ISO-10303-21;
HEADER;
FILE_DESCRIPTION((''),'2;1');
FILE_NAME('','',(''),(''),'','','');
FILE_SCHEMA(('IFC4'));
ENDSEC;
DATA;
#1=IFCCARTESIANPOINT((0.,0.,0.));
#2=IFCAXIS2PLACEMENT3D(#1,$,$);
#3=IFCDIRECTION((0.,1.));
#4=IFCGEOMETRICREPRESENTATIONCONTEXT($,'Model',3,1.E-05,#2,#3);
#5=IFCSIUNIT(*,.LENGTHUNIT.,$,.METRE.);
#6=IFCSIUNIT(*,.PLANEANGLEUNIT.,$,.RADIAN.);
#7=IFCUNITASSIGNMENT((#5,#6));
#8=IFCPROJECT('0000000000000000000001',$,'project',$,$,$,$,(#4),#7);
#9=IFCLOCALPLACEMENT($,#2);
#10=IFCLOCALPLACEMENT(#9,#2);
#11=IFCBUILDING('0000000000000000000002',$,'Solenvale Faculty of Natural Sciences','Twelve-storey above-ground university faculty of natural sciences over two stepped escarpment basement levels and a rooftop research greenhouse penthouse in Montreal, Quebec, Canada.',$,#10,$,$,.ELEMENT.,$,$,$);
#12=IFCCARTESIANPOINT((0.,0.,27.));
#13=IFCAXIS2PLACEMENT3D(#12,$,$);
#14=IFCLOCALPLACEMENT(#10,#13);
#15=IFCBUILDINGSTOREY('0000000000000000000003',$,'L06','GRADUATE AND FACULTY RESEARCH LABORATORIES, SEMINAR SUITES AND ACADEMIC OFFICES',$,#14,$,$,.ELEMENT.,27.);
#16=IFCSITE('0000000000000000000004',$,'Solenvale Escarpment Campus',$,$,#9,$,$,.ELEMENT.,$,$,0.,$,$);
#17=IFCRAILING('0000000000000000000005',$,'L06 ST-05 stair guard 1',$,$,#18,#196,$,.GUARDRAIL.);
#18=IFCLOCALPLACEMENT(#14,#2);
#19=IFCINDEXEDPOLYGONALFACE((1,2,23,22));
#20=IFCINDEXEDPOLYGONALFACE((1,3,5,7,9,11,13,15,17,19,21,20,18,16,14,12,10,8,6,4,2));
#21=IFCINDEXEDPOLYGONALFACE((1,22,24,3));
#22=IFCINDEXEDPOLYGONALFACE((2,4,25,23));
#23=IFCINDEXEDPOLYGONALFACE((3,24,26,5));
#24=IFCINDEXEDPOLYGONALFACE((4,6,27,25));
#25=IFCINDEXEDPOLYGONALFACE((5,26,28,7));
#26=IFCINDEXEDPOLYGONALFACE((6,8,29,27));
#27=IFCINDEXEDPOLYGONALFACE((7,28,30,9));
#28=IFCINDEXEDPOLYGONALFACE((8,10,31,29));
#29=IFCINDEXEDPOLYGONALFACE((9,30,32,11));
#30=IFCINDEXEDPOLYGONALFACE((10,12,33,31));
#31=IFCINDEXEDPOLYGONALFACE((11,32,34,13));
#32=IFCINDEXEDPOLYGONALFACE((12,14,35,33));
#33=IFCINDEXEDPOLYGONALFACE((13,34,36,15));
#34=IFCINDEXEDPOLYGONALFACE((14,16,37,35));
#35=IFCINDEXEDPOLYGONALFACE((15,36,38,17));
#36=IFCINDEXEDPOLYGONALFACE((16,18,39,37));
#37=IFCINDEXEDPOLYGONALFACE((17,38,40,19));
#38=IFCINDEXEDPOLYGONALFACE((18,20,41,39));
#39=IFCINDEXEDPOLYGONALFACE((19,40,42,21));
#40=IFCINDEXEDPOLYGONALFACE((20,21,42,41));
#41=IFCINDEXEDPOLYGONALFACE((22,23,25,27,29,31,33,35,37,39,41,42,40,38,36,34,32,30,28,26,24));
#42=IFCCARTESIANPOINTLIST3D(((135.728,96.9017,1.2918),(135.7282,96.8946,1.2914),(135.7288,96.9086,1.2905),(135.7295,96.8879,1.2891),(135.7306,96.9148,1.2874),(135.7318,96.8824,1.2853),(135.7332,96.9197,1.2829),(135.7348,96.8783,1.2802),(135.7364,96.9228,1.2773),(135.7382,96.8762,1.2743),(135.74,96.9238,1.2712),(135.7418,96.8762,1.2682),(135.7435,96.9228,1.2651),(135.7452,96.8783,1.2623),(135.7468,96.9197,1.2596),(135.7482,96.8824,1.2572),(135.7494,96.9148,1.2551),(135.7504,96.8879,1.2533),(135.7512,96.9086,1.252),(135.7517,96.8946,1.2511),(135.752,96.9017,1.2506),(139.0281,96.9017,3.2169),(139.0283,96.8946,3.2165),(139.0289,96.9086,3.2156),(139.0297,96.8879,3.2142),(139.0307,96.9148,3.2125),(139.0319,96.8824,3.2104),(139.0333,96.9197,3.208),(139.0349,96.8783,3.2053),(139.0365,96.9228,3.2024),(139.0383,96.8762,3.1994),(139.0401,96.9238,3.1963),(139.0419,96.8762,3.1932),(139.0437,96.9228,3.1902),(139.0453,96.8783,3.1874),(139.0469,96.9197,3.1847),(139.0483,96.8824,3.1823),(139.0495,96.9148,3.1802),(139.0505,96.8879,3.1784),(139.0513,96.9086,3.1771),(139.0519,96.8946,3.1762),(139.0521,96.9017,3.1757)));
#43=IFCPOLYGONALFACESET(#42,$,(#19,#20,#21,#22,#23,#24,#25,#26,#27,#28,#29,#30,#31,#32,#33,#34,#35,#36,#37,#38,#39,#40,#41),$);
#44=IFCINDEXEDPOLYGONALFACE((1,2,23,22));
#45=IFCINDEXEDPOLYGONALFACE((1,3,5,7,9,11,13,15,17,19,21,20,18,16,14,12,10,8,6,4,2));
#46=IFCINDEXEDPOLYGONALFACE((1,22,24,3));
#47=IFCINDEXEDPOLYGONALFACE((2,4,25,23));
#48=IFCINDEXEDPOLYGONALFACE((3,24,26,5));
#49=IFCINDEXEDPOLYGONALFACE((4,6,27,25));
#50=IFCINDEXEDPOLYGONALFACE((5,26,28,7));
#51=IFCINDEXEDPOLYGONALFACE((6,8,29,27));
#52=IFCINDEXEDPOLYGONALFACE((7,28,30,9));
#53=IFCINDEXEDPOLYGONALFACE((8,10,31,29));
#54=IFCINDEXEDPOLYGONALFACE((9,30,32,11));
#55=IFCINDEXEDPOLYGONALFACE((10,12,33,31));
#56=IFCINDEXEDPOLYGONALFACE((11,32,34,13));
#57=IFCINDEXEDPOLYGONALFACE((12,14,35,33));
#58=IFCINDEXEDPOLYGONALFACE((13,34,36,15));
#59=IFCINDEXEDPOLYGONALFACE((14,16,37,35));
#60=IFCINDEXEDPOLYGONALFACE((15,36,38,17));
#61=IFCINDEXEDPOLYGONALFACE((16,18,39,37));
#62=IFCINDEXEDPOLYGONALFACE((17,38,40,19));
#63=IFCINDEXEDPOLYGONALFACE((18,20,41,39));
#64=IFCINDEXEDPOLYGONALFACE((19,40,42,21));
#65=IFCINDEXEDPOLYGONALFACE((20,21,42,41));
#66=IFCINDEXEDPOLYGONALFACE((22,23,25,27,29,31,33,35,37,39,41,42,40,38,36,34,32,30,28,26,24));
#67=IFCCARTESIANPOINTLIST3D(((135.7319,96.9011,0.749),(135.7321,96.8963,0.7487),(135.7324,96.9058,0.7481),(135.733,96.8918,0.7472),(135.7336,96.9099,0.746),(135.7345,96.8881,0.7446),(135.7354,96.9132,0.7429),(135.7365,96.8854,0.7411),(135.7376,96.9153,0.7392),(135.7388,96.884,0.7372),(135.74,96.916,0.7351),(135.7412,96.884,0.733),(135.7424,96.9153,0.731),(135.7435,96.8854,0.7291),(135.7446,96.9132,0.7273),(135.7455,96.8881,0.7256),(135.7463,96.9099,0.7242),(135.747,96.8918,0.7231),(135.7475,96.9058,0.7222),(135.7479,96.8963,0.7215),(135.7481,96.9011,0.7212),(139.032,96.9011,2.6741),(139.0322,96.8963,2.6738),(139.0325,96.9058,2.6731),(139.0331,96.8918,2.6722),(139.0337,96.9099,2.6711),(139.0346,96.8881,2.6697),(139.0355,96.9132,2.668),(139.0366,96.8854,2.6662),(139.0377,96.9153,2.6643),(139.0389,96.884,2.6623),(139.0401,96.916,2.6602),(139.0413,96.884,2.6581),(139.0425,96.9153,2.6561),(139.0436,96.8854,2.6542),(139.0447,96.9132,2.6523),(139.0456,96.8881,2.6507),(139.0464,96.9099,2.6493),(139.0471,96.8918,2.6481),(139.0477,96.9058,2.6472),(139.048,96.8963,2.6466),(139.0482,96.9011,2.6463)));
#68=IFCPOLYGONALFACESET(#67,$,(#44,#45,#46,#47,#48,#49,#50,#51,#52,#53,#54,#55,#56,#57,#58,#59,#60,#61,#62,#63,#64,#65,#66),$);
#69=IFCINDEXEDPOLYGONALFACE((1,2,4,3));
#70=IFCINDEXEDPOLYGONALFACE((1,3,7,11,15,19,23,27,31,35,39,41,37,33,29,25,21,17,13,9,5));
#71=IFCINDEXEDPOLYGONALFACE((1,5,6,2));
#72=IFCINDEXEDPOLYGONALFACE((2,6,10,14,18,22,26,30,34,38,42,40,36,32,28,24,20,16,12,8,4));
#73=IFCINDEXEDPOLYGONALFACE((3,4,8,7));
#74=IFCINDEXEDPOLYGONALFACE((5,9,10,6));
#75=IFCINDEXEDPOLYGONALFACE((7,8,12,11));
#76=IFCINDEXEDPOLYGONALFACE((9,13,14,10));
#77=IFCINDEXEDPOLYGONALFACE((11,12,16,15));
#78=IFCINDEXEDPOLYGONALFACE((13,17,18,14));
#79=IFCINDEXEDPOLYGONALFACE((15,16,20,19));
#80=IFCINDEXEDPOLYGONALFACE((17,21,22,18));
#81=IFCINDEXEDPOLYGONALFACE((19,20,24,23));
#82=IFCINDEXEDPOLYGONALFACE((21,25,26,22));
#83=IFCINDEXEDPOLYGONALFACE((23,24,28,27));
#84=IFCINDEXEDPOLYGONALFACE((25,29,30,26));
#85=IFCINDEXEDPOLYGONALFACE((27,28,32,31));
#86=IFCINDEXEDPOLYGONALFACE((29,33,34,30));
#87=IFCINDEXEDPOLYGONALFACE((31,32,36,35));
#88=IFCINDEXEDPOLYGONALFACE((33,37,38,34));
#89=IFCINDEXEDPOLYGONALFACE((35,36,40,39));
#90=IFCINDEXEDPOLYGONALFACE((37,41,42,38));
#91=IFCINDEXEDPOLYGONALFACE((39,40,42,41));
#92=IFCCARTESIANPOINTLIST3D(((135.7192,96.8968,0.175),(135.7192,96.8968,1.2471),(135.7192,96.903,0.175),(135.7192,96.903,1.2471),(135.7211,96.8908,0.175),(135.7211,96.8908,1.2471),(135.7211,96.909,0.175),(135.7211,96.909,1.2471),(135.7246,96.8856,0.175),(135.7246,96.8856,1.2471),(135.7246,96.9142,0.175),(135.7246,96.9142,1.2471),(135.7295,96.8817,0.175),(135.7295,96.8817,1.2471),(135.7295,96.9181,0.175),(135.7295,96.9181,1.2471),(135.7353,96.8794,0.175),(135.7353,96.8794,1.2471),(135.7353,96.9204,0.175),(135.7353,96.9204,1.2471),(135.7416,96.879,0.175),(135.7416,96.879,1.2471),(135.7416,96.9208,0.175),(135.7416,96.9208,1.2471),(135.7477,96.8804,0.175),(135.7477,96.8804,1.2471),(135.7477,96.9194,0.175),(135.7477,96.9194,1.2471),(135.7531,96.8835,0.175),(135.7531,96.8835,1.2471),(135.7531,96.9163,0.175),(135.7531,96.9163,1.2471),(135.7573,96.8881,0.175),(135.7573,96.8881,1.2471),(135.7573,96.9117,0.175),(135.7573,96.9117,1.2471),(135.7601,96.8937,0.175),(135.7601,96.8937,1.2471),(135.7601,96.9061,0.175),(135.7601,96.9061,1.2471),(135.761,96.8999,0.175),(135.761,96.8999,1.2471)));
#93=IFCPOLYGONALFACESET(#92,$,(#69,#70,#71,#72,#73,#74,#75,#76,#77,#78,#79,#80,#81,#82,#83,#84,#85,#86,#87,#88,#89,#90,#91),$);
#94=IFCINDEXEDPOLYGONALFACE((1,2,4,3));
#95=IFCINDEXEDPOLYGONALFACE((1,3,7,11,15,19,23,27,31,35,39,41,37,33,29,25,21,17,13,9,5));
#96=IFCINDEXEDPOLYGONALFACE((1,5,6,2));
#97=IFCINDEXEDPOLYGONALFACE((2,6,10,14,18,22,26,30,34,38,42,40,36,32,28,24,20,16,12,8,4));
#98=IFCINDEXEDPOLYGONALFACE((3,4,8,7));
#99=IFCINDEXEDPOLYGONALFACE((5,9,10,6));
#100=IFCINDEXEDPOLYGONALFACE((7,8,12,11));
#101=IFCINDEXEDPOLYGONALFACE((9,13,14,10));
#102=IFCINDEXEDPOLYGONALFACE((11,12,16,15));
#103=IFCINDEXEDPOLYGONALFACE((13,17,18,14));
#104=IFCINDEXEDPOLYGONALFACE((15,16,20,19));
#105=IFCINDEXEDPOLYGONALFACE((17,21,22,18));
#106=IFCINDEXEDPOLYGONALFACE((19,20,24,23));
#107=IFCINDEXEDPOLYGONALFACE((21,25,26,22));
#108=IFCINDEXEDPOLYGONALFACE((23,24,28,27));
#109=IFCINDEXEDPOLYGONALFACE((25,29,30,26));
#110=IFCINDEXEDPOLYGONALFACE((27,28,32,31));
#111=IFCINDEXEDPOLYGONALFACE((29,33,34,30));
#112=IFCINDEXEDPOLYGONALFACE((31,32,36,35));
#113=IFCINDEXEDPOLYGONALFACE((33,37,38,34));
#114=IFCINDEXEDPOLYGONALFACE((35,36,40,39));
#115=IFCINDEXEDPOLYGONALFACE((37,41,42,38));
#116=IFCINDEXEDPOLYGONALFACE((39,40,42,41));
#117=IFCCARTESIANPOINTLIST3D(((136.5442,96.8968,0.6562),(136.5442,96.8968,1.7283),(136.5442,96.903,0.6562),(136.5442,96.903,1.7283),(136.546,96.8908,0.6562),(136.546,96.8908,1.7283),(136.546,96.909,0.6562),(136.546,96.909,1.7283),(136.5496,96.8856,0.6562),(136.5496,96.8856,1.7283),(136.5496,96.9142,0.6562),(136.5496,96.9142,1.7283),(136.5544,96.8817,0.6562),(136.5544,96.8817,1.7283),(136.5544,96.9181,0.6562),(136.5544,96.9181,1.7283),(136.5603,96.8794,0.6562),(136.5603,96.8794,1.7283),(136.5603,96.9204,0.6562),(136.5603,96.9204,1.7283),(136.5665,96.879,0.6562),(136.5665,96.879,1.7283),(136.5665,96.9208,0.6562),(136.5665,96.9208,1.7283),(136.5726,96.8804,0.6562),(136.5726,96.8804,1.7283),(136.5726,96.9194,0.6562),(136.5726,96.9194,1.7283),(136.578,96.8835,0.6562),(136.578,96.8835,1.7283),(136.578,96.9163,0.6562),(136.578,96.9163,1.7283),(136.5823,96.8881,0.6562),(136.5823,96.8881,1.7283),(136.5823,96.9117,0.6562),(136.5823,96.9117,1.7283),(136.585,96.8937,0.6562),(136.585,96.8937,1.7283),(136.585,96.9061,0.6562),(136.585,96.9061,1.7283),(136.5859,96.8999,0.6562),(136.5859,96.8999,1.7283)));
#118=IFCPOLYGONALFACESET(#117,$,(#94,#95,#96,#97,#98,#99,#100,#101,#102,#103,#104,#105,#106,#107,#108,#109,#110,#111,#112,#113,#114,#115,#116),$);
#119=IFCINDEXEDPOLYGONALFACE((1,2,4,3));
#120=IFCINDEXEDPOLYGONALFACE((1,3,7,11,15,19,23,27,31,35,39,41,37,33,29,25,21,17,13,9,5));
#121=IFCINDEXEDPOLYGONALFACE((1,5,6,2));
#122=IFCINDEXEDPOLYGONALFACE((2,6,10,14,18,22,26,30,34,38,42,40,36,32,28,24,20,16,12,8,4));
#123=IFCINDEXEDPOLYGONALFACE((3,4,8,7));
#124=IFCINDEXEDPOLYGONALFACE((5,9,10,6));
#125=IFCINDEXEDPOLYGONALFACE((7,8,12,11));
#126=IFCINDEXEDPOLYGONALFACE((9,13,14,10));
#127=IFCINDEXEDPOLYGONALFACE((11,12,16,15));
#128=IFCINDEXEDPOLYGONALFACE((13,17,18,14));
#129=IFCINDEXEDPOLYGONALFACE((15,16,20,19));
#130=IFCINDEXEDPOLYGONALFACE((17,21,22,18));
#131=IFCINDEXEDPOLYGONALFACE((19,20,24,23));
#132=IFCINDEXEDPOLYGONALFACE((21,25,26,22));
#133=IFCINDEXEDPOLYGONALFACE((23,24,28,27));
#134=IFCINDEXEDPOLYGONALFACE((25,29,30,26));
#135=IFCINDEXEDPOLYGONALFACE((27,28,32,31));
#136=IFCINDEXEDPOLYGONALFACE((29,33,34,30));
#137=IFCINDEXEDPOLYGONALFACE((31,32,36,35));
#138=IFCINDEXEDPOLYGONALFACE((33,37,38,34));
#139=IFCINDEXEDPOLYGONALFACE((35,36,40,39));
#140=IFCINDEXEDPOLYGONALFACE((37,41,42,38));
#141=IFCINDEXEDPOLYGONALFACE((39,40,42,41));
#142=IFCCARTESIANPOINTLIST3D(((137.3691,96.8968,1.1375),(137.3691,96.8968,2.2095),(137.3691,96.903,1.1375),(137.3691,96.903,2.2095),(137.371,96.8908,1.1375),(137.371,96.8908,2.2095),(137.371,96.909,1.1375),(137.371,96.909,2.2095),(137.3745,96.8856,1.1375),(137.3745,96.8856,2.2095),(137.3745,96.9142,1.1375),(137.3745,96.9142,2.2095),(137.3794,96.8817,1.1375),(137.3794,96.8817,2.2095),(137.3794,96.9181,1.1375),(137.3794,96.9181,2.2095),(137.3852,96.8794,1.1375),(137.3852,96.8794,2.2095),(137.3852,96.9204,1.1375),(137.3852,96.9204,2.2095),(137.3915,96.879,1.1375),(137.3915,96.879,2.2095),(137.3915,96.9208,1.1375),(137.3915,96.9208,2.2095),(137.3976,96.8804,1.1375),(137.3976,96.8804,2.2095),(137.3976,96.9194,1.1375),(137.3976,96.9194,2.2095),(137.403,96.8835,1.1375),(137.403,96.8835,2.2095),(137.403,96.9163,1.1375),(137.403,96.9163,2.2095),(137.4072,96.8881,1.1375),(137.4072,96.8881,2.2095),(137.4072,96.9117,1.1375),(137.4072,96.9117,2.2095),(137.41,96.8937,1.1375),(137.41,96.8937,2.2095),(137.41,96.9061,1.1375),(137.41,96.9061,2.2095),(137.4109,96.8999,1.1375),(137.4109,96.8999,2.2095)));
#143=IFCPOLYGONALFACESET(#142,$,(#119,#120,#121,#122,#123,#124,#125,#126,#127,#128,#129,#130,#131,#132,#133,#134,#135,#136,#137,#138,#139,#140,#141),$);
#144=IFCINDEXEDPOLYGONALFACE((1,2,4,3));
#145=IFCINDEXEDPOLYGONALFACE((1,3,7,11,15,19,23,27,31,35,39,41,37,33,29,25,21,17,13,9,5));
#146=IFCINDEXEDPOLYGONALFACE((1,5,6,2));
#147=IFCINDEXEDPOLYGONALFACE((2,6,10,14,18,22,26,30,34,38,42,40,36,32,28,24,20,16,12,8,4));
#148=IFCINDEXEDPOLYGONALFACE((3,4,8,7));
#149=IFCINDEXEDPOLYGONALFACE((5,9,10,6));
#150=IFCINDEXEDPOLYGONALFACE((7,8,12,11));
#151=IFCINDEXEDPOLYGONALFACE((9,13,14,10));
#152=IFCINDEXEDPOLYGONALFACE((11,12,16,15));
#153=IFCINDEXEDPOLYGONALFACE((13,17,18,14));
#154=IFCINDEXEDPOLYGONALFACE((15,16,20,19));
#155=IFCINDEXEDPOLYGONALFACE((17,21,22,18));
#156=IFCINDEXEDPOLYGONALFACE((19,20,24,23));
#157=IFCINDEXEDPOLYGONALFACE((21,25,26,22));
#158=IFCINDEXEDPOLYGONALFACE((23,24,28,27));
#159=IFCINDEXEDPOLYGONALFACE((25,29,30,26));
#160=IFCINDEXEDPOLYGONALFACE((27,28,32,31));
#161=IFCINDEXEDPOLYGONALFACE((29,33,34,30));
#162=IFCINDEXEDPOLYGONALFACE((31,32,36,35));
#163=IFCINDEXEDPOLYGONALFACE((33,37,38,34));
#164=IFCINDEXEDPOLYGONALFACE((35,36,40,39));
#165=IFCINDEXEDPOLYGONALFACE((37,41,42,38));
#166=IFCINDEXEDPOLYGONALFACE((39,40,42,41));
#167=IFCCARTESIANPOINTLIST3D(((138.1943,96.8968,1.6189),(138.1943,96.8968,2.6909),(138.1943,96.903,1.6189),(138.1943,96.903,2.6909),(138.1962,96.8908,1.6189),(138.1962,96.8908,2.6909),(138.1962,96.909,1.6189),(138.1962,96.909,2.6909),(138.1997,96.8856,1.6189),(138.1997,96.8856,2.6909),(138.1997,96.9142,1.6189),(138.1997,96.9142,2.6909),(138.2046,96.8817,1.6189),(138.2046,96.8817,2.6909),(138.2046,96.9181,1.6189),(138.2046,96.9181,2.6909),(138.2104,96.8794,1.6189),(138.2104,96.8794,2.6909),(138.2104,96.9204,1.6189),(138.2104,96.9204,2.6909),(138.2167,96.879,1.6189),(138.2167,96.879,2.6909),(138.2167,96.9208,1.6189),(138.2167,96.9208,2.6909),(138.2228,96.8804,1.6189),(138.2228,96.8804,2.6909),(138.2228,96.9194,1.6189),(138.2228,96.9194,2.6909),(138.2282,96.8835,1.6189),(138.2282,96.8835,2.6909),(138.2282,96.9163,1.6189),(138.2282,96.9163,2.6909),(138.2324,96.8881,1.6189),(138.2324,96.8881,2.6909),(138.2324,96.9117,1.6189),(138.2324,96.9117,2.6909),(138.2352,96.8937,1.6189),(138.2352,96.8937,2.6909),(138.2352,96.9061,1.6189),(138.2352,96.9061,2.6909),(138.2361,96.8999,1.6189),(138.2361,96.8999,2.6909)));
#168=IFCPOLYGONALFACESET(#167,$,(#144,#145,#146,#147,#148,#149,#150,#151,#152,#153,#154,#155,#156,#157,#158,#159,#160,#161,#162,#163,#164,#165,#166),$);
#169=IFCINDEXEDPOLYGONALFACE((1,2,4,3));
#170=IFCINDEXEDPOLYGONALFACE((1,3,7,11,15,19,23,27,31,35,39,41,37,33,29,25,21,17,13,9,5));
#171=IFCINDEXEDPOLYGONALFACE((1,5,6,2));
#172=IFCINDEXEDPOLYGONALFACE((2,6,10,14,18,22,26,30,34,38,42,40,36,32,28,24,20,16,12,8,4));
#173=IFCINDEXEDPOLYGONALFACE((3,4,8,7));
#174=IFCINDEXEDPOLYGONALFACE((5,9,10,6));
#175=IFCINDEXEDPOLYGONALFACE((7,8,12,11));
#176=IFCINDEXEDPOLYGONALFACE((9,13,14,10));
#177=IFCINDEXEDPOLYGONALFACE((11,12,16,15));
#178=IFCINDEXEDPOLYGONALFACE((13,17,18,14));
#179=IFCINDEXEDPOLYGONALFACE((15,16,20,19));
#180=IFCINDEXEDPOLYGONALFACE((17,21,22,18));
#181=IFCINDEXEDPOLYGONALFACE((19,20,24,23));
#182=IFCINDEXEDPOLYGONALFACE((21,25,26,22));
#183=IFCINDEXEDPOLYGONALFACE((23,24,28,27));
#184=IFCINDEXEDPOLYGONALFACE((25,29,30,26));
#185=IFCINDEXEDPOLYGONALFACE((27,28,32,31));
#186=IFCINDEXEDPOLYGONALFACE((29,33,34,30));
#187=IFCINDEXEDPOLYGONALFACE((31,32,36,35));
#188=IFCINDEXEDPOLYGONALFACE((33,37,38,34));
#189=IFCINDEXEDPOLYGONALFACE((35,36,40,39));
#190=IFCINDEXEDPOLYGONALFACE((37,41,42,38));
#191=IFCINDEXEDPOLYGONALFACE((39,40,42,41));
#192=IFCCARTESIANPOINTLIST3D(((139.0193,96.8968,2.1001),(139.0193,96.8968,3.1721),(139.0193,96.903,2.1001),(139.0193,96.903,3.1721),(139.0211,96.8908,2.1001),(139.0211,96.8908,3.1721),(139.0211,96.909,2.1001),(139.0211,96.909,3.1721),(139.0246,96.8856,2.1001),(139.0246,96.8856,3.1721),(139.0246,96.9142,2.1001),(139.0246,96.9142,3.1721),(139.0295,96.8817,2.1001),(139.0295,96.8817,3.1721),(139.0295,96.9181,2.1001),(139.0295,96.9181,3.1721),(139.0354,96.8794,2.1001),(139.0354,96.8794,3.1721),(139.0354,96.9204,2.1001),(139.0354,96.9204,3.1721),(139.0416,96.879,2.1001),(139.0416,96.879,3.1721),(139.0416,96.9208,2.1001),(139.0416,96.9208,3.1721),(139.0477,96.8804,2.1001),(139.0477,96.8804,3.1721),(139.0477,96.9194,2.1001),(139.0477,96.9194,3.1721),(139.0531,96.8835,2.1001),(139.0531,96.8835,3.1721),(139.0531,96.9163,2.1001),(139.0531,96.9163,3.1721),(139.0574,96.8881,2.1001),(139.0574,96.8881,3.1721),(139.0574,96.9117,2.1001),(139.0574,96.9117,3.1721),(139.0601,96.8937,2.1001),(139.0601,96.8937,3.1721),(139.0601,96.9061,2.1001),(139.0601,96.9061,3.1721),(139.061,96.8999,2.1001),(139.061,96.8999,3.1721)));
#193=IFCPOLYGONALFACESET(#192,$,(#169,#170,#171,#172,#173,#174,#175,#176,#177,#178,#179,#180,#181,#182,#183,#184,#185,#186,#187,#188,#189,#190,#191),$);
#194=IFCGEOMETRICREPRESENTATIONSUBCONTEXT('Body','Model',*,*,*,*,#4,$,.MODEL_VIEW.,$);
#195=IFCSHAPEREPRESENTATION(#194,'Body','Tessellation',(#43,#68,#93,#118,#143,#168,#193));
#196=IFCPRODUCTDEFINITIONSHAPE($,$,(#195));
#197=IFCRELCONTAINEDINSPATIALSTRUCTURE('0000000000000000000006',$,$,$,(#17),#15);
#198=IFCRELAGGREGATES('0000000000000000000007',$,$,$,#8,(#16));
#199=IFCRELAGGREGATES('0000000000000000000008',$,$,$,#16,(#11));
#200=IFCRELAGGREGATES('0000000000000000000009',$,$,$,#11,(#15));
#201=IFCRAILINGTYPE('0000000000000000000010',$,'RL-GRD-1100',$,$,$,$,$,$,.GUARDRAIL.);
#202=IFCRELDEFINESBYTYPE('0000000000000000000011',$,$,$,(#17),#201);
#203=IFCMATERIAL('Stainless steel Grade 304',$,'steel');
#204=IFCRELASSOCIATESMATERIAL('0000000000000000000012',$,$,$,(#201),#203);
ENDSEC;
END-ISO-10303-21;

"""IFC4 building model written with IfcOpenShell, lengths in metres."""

from ifc_helpers import new_model, si_unit, direction, frame, origin, origin_2d, place, context, subcontext, project, spatial, circle, extrude, material, type_object, element, save


model = new_model("IFC4")

# Units and contexts
model_context = context("Model", 3, precision=1e-05, world=origin(), true_north=direction((0.0, 1.0)))
body_context = subcontext(model_context, "Body", "Model", "MODEL_VIEW")
ifc_project = project(units=[si_unit("LENGTHUNIT", "METRE"), si_unit("PLANEANGLEUNIT", "RADIAN")], contexts=[model_context])

# Site, building, storey
site_placement = place(None, origin())
site = spatial("IfcSite", under=ifc_project, at=site_placement, Name="Solenvale Escarpment Campus", CompositionType="ELEMENT", RefElevation=0.0)
building_placement = place(site_placement, origin())
building = spatial("IfcBuilding", under=site, at=building_placement, Name="Solenvale Faculty of Natural Sciences", Description="Twelve-storey above-ground university faculty of natural sciences over two stepped escarpment basement levels and a rooftop research greenhouse penthouse in Montreal, Quebec, Canada.", CompositionType="ELEMENT")
storey_placement = place(building_placement, frame((0.0, 0.0, 27.0)))
storey = spatial("IfcBuildingStorey", under=building, at=storey_placement, Name="L06", Description="GRADUATE AND FACULTY RESEARCH LABORATORIES, SEMINAR SUITES AND ACADEMIC OFFICES", CompositionType="ELEMENT", Elevation=27.0)

# Shared definitions
ifc_material_1 = material(Name="Stainless steel Grade 304", Category="steel")

# Railing
railing_type = type_object("IfcRailingType", Name="RL-GRD-1100", PredefinedType="GUARDRAIL", material=ifc_material_1)
railing_1_placement = place(storey_placement, frame((135.74, 96.8999, 0.175)))
element("IfcRailing", 1, at=railing_1_placement, inside=storey, type_object=railing_type, Name="L06 ST-05 stair guard 1", PredefinedType="GUARDRAIL", context=body_context, shape_type="SweptSolid", body=[
    extrude(circle(Radius=0.0239, at=origin_2d()), frame((0.0, 0.0, 1.0962), z_axis=(0.863777, 0.0, 0.503875), x_axis=(0.0, 1.0, 0.0)), (0.0, 0.0, 1.0), 3.8206),
    extrude(circle(Radius=0.0161, at=origin_2d()), frame((0.0, 0.0, 0.5601), z_axis=(0.863777, 0.0, 0.503875), x_axis=(0.0, 1.0, 0.0)), (0.0, 0.0, 1.0), 3.8206),
    extrude(circle(Radius=0.021, at=origin_2d()), origin(), (0.0, 0.0, 1.0), 1.072),
    extrude(circle(Radius=0.021, at=origin_2d()), frame((0.825, 0.0, 0.4812)), (0.0, 0.0, 1.0), 1.072),
    extrude(circle(Radius=0.021, at=origin_2d()), frame((1.6499, 0.0, 0.9624)), (0.0, 0.0, 1.0), 1.072),
    extrude(circle(Radius=0.021, at=origin_2d()), frame((2.4751, 0.0, 1.4438)), (0.0, 0.0, 1.0), 1.072),
    extrude(circle(Radius=0.021, at=origin_2d()), frame((3.3, 0.0, 1.925)), (0.0, 0.0, 1.0), 1.072),
])

save(model, "model.ifc")
